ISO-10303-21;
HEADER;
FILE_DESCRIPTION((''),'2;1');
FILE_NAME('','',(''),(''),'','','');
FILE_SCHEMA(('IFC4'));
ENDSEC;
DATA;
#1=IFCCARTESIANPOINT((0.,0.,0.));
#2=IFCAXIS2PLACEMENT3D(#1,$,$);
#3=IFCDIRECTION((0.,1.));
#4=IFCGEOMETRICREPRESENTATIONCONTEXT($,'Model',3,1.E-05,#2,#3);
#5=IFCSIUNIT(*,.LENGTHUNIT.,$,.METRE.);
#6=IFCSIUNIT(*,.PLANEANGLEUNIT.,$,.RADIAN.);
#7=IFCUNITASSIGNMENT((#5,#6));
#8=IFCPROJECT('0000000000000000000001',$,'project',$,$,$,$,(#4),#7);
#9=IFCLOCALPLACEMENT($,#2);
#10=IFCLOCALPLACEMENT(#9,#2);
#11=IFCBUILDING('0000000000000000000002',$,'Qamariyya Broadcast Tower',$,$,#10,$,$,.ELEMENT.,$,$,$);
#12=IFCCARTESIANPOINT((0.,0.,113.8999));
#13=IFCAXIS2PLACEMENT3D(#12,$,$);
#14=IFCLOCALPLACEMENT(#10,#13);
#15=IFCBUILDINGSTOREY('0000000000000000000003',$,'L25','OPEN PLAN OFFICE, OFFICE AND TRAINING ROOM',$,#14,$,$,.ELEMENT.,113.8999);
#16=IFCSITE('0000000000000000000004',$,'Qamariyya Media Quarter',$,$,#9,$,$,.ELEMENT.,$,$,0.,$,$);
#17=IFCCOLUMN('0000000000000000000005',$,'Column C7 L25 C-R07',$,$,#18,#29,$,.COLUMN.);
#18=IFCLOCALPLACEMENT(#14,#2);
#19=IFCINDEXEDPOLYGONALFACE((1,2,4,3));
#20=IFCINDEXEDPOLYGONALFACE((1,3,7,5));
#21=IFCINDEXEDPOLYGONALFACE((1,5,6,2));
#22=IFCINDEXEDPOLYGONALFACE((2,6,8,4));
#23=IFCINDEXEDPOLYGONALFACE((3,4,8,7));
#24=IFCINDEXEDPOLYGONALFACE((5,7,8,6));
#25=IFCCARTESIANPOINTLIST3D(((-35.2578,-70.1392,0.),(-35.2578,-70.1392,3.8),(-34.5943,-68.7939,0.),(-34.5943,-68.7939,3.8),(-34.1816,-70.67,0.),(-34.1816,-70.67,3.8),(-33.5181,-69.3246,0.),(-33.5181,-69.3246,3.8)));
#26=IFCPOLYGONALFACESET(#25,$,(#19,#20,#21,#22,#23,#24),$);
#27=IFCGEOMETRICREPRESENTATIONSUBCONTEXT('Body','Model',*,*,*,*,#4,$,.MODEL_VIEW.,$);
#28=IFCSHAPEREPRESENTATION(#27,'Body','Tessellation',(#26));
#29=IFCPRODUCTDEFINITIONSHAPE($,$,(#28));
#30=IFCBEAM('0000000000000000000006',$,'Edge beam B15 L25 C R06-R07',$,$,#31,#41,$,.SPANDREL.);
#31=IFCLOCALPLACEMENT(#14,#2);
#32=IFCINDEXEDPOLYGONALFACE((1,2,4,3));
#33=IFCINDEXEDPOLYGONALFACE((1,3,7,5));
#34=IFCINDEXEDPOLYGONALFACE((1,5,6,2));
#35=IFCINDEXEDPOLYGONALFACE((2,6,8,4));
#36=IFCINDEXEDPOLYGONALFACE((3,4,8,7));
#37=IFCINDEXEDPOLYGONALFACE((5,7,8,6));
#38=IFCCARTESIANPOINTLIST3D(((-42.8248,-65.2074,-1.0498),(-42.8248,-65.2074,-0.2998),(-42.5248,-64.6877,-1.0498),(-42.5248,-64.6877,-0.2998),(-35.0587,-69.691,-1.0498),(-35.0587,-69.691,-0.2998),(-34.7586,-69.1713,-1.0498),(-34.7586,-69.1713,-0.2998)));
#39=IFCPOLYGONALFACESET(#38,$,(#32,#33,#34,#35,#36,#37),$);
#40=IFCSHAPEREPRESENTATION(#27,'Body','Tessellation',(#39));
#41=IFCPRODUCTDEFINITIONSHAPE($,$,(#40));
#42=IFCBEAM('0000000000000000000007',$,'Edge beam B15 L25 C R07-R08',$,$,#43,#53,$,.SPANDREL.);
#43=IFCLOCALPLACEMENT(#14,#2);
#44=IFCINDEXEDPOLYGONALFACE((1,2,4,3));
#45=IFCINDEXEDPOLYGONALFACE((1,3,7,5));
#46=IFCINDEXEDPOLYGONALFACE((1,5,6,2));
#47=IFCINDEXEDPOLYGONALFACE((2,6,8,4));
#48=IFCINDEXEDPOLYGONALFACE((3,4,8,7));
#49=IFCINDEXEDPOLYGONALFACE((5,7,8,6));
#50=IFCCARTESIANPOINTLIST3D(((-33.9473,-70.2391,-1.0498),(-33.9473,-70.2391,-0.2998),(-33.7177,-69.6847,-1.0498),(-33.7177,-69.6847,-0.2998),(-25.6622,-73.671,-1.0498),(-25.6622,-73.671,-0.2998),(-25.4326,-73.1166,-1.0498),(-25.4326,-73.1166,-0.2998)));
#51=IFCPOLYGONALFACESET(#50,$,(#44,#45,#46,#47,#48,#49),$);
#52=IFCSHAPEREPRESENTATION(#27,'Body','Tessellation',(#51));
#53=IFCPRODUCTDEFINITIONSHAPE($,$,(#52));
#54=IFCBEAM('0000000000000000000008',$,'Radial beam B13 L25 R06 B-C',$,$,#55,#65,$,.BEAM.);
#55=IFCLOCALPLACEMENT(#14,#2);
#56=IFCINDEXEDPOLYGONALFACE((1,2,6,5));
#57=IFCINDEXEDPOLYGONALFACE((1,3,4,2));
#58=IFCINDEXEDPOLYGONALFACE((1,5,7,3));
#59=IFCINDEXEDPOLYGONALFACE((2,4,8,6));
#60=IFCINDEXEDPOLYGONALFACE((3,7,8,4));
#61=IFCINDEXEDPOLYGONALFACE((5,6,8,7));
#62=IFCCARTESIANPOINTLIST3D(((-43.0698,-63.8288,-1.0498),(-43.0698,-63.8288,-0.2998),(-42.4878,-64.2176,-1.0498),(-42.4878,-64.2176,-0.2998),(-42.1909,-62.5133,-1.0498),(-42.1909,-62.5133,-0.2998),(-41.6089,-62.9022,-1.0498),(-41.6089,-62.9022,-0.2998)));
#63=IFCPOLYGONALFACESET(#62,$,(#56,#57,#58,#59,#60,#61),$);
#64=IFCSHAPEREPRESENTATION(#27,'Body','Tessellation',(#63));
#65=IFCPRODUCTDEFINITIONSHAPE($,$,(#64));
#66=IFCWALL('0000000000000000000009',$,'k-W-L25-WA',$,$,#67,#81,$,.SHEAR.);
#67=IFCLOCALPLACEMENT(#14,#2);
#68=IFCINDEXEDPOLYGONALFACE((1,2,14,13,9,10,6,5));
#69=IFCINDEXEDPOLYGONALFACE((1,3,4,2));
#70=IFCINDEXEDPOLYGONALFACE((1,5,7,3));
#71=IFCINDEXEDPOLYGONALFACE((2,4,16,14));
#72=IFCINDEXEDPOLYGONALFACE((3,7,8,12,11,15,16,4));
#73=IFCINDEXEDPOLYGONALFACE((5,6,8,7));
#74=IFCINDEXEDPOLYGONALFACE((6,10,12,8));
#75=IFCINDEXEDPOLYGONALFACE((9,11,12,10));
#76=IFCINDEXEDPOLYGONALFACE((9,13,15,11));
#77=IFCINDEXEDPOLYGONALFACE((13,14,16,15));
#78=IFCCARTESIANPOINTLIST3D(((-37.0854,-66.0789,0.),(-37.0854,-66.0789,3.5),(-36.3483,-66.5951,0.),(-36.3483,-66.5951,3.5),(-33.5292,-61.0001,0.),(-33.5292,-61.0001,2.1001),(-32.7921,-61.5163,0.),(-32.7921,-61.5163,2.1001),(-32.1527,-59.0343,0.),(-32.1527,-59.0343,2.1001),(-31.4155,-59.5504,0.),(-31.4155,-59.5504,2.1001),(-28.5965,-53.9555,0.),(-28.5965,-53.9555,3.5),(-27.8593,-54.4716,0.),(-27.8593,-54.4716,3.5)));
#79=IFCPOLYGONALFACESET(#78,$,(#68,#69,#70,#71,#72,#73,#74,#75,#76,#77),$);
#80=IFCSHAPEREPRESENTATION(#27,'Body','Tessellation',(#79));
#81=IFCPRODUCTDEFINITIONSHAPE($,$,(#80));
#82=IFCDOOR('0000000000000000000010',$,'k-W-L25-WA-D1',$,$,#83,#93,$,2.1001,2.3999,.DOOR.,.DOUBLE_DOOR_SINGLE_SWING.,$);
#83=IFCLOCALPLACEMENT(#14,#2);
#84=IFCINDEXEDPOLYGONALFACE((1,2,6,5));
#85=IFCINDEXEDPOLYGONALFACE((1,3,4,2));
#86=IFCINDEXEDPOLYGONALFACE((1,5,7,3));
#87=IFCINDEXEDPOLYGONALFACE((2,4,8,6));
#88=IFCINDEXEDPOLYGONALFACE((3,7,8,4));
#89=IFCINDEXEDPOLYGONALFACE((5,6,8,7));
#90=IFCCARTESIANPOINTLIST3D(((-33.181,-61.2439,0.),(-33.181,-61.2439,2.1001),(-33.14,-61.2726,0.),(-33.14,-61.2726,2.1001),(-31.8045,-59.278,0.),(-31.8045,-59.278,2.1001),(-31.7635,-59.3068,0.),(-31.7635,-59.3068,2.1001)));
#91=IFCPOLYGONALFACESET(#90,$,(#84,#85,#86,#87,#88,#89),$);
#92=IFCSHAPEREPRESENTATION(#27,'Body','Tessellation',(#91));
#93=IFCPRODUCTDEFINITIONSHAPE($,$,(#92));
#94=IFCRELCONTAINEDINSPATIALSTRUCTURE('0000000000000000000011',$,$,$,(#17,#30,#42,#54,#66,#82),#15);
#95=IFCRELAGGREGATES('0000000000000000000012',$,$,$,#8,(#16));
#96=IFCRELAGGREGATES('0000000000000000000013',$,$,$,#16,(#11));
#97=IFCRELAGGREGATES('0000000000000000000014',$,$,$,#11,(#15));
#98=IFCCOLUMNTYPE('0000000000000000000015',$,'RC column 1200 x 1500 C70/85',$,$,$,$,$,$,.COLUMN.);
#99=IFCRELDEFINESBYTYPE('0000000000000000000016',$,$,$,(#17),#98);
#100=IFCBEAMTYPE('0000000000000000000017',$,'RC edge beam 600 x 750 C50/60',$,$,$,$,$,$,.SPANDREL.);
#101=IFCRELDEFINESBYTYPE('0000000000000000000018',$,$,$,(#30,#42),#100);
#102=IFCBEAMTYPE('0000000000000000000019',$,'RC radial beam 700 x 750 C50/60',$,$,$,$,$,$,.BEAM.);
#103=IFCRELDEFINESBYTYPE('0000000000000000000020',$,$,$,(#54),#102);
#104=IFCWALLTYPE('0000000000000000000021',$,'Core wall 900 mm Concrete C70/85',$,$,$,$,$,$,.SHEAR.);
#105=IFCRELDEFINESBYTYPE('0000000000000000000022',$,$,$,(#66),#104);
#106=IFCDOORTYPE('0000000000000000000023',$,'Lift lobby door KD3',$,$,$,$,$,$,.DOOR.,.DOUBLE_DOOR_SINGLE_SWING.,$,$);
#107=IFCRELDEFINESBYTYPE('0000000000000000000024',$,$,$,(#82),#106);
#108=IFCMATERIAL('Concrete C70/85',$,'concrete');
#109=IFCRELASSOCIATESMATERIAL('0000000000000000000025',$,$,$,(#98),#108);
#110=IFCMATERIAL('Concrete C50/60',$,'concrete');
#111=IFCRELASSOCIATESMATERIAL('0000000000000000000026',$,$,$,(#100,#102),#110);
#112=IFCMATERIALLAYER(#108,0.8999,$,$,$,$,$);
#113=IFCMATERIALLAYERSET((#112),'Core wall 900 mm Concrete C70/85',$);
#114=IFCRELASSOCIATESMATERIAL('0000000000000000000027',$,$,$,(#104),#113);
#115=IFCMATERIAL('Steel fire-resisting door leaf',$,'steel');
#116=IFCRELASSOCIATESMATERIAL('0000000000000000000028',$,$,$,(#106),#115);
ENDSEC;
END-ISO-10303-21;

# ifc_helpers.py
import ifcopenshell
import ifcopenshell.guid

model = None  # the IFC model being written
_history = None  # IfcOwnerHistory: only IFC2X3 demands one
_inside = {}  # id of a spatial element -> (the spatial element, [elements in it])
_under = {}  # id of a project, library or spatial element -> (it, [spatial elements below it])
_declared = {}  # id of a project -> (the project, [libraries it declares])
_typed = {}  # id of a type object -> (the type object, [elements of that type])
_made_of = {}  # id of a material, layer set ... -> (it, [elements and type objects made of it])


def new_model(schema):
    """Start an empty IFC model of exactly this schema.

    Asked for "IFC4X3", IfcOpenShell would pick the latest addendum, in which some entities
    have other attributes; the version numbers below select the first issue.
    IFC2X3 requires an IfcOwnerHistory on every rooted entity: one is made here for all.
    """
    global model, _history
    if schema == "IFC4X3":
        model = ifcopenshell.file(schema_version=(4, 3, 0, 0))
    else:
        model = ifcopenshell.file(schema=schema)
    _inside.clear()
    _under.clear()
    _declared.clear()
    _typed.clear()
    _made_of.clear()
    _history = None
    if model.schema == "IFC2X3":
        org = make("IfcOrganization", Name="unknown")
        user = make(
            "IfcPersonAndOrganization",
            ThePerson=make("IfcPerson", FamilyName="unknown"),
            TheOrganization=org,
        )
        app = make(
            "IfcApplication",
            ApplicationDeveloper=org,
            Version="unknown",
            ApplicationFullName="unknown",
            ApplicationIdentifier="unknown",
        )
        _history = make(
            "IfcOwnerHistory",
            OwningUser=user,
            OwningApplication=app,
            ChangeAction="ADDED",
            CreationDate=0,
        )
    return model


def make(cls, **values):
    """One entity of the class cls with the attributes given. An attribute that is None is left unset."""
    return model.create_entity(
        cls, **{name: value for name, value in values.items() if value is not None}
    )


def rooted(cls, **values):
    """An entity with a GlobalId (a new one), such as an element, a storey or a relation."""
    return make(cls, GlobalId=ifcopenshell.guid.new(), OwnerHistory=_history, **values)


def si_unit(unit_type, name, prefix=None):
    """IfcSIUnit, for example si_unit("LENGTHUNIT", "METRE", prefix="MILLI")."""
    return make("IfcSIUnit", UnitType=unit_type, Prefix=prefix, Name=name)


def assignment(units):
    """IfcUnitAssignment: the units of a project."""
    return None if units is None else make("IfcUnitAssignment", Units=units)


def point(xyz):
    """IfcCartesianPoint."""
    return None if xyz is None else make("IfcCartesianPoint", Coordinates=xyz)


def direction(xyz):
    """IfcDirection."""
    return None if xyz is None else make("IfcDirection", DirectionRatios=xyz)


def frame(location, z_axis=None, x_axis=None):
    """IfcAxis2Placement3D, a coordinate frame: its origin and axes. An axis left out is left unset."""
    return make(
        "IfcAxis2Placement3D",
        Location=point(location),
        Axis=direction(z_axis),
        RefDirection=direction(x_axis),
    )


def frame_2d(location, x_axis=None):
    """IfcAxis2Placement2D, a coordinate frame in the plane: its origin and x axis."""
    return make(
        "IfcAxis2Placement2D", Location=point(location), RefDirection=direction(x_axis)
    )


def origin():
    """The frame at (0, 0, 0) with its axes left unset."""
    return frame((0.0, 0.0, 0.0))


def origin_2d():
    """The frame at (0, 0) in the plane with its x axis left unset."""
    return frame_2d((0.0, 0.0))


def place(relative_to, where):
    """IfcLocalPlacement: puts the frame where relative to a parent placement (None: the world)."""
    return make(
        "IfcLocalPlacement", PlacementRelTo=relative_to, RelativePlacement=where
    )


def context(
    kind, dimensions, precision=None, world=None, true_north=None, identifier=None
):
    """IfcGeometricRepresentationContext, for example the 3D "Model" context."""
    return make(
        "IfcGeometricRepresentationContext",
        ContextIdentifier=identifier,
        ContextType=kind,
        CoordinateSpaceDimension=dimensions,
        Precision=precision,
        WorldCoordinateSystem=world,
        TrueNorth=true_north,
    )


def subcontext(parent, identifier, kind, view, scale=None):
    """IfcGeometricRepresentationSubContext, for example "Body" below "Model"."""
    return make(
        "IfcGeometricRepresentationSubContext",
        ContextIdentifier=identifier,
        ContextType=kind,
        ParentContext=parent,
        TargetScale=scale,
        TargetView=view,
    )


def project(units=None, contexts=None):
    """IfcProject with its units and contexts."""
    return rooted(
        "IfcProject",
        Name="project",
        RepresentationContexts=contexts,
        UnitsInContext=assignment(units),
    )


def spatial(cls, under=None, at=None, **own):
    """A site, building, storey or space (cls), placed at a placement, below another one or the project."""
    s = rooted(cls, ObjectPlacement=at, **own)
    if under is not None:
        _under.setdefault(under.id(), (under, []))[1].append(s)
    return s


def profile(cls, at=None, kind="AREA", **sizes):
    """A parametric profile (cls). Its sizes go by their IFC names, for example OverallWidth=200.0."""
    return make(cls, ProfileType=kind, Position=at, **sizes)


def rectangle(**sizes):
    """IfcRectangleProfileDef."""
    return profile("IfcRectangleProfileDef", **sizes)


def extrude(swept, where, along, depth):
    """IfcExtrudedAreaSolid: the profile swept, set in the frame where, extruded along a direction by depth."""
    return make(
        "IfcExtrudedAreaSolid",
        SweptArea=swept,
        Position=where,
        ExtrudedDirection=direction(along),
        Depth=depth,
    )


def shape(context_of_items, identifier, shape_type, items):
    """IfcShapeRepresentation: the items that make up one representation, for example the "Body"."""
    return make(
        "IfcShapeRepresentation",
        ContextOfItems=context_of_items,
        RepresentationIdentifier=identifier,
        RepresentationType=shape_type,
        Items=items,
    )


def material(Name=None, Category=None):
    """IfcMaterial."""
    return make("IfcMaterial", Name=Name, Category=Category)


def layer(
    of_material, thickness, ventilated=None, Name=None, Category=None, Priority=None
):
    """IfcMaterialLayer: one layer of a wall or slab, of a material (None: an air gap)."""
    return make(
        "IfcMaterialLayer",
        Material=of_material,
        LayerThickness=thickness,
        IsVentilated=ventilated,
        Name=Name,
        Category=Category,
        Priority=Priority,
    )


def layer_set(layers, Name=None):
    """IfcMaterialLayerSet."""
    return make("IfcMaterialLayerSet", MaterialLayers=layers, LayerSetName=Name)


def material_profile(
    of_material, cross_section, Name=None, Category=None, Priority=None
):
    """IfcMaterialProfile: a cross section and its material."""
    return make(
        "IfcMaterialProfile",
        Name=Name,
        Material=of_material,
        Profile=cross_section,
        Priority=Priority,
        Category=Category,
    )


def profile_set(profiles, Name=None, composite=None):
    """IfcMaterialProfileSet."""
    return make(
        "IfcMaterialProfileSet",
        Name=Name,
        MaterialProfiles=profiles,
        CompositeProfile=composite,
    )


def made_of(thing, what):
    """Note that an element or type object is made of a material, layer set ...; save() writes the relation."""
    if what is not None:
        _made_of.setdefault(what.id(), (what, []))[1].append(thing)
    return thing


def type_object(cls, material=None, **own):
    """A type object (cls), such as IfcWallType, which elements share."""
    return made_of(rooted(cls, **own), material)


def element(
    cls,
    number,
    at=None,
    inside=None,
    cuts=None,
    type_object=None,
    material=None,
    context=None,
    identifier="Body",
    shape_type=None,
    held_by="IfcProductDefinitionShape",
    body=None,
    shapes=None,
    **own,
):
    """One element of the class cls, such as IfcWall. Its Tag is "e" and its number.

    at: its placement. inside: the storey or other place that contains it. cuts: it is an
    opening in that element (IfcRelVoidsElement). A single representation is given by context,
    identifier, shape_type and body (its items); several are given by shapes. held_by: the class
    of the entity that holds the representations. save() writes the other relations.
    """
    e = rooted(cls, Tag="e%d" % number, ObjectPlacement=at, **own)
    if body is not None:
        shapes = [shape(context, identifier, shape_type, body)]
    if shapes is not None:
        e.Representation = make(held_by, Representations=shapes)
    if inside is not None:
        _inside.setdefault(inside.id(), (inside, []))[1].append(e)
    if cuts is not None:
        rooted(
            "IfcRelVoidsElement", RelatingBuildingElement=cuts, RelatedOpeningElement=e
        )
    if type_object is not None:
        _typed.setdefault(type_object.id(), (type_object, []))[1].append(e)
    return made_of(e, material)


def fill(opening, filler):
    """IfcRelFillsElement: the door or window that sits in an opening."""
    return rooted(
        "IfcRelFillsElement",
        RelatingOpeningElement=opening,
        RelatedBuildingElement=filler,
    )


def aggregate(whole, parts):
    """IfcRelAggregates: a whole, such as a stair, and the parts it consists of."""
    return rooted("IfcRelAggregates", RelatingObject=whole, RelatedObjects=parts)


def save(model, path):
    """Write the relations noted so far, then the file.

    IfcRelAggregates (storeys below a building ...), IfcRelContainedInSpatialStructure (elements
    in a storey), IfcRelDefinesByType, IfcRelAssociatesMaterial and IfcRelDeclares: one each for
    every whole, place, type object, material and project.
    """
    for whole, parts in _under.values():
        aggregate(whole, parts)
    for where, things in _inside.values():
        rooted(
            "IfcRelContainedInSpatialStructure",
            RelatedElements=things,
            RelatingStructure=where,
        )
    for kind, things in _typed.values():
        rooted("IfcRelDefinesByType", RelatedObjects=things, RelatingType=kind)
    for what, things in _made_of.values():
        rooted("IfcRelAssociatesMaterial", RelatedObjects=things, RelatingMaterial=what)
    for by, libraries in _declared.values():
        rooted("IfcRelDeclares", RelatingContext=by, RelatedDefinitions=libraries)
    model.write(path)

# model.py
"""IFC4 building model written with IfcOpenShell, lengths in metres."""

from ifc_helpers import new_model, si_unit, direction, frame, frame_2d, origin, origin_2d, place, context, subcontext, project, spatial, rectangle, extrude, material, layer, layer_set, material_profile, profile_set, type_object, element, fill, save


model = new_model("IFC4")

# Units and contexts
model_context = context("Model", 3, precision=1e-05, world=origin(), true_north=direction((0.0, 1.0)))
body_context = subcontext(model_context, "Body", "Model", "MODEL_VIEW")
ifc_project = project(units=[si_unit("LENGTHUNIT", "METRE"), si_unit("PLANEANGLEUNIT", "RADIAN")], contexts=[model_context])

# Site, building, storey
site_placement = place(None, origin())
site = spatial("IfcSite", under=ifc_project, at=site_placement, Name="Qamariyya Media Quarter", CompositionType="ELEMENT", RefElevation=0.0)
building_placement = place(site_placement, origin())
building = spatial("IfcBuilding", under=site, at=building_placement, Name="Qamariyya Broadcast Tower", CompositionType="ELEMENT")
storey_placement = place(building_placement, frame((0.0, 0.0, 113.8999)))
storey = spatial("IfcBuildingStorey", under=building, at=storey_placement, Name="L25", Description="OPEN PLAN OFFICE, OFFICE AND TRAINING ROOM", CompositionType="ELEMENT", Elevation=113.8999)

# Column
ifc_material_1 = material(Name="Concrete C70/85", Category="concrete")
ifc_material_profile_1 = material_profile(ifc_material_1, rectangle(XDim=1.2, YDim=1.5, at=origin_2d()))
ifc_profile_set_1 = profile_set([ifc_material_profile_1], Name="Concrete C70/85")
column_type = type_object("IfcColumnType", Name="RC column 1200 x 1500 C70/85", PredefinedType="COLUMN", material=ifc_profile_set_1)
column_placement = place(storey_placement, frame((-34.3879, -69.7319, 0.0), z_axis=(0.0, 0.0, 1.0), x_axis=(0.896873, -0.442289, 0.0)))
element("IfcColumn", 1, at=column_placement, inside=storey, type_object=column_type, Name="Column C7 L25 C-R07", PredefinedType="COLUMN", context=body_context, shape_type="SweptSolid", body=[
    extrude(rectangle(XDim=1.2, YDim=1.5, at=origin_2d()), origin(), (0.0, 0.0, 1.0), 3.8),
])

# Beams
ifc_material_2 = material(Name="Concrete C50/60", Category="concrete")
ifc_material_profile_2 = material_profile(ifc_material_2, rectangle(XDim=0.6001, YDim=0.75, at=origin_2d()))
ifc_profile_set_2 = profile_set([ifc_material_profile_2], Name="Concrete C50/60")
beam_type_1 = type_object("IfcBeamType", Name="RC edge beam 600 x 750 C50/60", PredefinedType="SPANDREL", material=ifc_profile_set_2)
beam_1_placement = place(storey_placement, frame((-42.6748, -64.9475, -0.6748), z_axis=(0.866031, -0.49999, 0.0), x_axis=(0.49999, 0.866031, 0.0)))
element("IfcBeam", 2, at=beam_1_placement, inside=storey, type_object=beam_type_1, Name="Edge beam B15 L25 C R06-R07", PredefinedType="SPANDREL", context=body_context, shape_type="SweptSolid", body=[
    extrude(rectangle(XDim=0.6001, YDim=0.75, at=origin_2d()), origin(), (0.0, 0.0, 1.0), 8.9675),
])
beam_2_placement = place(storey_placement, frame((-33.8325, -69.9619, -0.6748), z_axis=(0.923877, -0.382689, 0.0), x_axis=(0.382689, 0.923877, 0.0)))
element("IfcBeam", 3, at=beam_2_placement, inside=storey, type_object=beam_type_1, Name="Edge beam B15 L25 C R07-R08", PredefinedType="SPANDREL", context=body_context, shape_type="SweptSolid", body=[
    extrude(rectangle(XDim=0.6001, YDim=0.75, at=origin_2d()), origin(), (0.0, 0.0, 1.0), 8.9678),
])
ifc_material_profile_3 = material_profile(ifc_material_2, rectangle(XDim=0.7, YDim=0.75, at=origin_2d()))
ifc_profile_set_3 = profile_set([ifc_material_profile_3], Name="Concrete C50/60")
beam_type_2 = type_object("IfcBeamType", Name="RC radial beam 700 x 750 C50/60", PredefinedType="BEAM", material=ifc_profile_set_3)
beam_3_placement = place(storey_placement, frame((-41.8999, -62.7078, -0.6748), z_axis=(-0.555555, -0.83148, 0.0), x_axis=(0.83148, -0.555555, 0.0)))
element("IfcBeam", 4, at=beam_3_placement, inside=storey, type_object=beam_type_2, Name="Radial beam B13 L25 R06 B-C", PredefinedType="BEAM", context=body_context, shape_type="SweptSolid", body=[
    extrude(rectangle(XDim=0.7, YDim=0.75, at=origin_2d()), origin(), (0.0, 0.0, 1.0), 1.582),
])

# Wall, opening, door
ifc_layer_1 = layer(ifc_material_1, 0.8999)
ifc_layer_set_1 = layer_set([ifc_layer_1], Name="Core wall 900 mm Concrete C70/85")
wall_type_1 = type_object("IfcWallType", Name="Core wall 900 mm Concrete C70/85", PredefinedType="SHEAR", material=ifc_layer_set_1)
wall_1_placement = place(storey_placement, frame((-36.7168, -66.3369, 0.0), z_axis=(0.0, 0.0, 1.0), x_axis=(0.573577, 0.819151, 0.0)))
wall_1 = element("IfcWall", 5, at=wall_1_placement, inside=storey, type_object=wall_type_1, Name="k-W-L25-WA", PredefinedType="SHEAR", context=body_context, shape_type="SweptSolid", body=[
    extrude(rectangle(XDim=14.8, YDim=0.8999, at=frame_2d((7.3999, 0.0))), origin(), (0.0, 0.0, 1.0), 3.5),
])
opening_1_placement = place(wall_1_placement, frame((6.2, 0.0, 0.0)))
opening_1 = element("IfcOpeningElement", 6, at=opening_1_placement, cuts=wall_1, PredefinedType="OPENING", context=body_context, shape_type="SweptSolid", body=[
    extrude(rectangle(XDim=2.3999, YDim=2.1001, at=frame_2d((1.2, 1.05))), frame((0.0, 0.46, 0.0), z_axis=(0.0, -1.0, 0.0), x_axis=(1.0, 0.0, 0.0)), (0.0, 0.0, 1.0), 0.9199),
])
ifc_material_3 = material(Name="Steel fire-resisting door leaf", Category="steel")
door_type_1 = type_object("IfcDoorType", Name="Lift lobby door KD3", OperationType="DOUBLE_DOOR_SINGLE_SWING", PredefinedType="DOOR", material=ifc_material_3)
door_1_placement = place(opening_1_placement, origin())
door_1 = element("IfcDoor", 7, at=door_1_placement, inside=storey, type_object=door_type_1, Name="k-W-L25-WA-D1", OperationType="DOUBLE_DOOR_SINGLE_SWING", OverallHeight=2.1001, OverallWidth=2.3999, PredefinedType="DOOR", context=body_context, shape_type="SweptSolid", body=[
    extrude(rectangle(XDim=2.3999, YDim=2.1001, at=frame_2d((1.2, 1.05))), frame((0.0, 0.0249, 0.0), z_axis=(0.0, -1.0, 0.0), x_axis=(1.0, 0.0, 0.0)), (0.0, 0.0, 1.0), 0.05),
])
fill(opening_1, door_1)

save(model, "model.ifc")
